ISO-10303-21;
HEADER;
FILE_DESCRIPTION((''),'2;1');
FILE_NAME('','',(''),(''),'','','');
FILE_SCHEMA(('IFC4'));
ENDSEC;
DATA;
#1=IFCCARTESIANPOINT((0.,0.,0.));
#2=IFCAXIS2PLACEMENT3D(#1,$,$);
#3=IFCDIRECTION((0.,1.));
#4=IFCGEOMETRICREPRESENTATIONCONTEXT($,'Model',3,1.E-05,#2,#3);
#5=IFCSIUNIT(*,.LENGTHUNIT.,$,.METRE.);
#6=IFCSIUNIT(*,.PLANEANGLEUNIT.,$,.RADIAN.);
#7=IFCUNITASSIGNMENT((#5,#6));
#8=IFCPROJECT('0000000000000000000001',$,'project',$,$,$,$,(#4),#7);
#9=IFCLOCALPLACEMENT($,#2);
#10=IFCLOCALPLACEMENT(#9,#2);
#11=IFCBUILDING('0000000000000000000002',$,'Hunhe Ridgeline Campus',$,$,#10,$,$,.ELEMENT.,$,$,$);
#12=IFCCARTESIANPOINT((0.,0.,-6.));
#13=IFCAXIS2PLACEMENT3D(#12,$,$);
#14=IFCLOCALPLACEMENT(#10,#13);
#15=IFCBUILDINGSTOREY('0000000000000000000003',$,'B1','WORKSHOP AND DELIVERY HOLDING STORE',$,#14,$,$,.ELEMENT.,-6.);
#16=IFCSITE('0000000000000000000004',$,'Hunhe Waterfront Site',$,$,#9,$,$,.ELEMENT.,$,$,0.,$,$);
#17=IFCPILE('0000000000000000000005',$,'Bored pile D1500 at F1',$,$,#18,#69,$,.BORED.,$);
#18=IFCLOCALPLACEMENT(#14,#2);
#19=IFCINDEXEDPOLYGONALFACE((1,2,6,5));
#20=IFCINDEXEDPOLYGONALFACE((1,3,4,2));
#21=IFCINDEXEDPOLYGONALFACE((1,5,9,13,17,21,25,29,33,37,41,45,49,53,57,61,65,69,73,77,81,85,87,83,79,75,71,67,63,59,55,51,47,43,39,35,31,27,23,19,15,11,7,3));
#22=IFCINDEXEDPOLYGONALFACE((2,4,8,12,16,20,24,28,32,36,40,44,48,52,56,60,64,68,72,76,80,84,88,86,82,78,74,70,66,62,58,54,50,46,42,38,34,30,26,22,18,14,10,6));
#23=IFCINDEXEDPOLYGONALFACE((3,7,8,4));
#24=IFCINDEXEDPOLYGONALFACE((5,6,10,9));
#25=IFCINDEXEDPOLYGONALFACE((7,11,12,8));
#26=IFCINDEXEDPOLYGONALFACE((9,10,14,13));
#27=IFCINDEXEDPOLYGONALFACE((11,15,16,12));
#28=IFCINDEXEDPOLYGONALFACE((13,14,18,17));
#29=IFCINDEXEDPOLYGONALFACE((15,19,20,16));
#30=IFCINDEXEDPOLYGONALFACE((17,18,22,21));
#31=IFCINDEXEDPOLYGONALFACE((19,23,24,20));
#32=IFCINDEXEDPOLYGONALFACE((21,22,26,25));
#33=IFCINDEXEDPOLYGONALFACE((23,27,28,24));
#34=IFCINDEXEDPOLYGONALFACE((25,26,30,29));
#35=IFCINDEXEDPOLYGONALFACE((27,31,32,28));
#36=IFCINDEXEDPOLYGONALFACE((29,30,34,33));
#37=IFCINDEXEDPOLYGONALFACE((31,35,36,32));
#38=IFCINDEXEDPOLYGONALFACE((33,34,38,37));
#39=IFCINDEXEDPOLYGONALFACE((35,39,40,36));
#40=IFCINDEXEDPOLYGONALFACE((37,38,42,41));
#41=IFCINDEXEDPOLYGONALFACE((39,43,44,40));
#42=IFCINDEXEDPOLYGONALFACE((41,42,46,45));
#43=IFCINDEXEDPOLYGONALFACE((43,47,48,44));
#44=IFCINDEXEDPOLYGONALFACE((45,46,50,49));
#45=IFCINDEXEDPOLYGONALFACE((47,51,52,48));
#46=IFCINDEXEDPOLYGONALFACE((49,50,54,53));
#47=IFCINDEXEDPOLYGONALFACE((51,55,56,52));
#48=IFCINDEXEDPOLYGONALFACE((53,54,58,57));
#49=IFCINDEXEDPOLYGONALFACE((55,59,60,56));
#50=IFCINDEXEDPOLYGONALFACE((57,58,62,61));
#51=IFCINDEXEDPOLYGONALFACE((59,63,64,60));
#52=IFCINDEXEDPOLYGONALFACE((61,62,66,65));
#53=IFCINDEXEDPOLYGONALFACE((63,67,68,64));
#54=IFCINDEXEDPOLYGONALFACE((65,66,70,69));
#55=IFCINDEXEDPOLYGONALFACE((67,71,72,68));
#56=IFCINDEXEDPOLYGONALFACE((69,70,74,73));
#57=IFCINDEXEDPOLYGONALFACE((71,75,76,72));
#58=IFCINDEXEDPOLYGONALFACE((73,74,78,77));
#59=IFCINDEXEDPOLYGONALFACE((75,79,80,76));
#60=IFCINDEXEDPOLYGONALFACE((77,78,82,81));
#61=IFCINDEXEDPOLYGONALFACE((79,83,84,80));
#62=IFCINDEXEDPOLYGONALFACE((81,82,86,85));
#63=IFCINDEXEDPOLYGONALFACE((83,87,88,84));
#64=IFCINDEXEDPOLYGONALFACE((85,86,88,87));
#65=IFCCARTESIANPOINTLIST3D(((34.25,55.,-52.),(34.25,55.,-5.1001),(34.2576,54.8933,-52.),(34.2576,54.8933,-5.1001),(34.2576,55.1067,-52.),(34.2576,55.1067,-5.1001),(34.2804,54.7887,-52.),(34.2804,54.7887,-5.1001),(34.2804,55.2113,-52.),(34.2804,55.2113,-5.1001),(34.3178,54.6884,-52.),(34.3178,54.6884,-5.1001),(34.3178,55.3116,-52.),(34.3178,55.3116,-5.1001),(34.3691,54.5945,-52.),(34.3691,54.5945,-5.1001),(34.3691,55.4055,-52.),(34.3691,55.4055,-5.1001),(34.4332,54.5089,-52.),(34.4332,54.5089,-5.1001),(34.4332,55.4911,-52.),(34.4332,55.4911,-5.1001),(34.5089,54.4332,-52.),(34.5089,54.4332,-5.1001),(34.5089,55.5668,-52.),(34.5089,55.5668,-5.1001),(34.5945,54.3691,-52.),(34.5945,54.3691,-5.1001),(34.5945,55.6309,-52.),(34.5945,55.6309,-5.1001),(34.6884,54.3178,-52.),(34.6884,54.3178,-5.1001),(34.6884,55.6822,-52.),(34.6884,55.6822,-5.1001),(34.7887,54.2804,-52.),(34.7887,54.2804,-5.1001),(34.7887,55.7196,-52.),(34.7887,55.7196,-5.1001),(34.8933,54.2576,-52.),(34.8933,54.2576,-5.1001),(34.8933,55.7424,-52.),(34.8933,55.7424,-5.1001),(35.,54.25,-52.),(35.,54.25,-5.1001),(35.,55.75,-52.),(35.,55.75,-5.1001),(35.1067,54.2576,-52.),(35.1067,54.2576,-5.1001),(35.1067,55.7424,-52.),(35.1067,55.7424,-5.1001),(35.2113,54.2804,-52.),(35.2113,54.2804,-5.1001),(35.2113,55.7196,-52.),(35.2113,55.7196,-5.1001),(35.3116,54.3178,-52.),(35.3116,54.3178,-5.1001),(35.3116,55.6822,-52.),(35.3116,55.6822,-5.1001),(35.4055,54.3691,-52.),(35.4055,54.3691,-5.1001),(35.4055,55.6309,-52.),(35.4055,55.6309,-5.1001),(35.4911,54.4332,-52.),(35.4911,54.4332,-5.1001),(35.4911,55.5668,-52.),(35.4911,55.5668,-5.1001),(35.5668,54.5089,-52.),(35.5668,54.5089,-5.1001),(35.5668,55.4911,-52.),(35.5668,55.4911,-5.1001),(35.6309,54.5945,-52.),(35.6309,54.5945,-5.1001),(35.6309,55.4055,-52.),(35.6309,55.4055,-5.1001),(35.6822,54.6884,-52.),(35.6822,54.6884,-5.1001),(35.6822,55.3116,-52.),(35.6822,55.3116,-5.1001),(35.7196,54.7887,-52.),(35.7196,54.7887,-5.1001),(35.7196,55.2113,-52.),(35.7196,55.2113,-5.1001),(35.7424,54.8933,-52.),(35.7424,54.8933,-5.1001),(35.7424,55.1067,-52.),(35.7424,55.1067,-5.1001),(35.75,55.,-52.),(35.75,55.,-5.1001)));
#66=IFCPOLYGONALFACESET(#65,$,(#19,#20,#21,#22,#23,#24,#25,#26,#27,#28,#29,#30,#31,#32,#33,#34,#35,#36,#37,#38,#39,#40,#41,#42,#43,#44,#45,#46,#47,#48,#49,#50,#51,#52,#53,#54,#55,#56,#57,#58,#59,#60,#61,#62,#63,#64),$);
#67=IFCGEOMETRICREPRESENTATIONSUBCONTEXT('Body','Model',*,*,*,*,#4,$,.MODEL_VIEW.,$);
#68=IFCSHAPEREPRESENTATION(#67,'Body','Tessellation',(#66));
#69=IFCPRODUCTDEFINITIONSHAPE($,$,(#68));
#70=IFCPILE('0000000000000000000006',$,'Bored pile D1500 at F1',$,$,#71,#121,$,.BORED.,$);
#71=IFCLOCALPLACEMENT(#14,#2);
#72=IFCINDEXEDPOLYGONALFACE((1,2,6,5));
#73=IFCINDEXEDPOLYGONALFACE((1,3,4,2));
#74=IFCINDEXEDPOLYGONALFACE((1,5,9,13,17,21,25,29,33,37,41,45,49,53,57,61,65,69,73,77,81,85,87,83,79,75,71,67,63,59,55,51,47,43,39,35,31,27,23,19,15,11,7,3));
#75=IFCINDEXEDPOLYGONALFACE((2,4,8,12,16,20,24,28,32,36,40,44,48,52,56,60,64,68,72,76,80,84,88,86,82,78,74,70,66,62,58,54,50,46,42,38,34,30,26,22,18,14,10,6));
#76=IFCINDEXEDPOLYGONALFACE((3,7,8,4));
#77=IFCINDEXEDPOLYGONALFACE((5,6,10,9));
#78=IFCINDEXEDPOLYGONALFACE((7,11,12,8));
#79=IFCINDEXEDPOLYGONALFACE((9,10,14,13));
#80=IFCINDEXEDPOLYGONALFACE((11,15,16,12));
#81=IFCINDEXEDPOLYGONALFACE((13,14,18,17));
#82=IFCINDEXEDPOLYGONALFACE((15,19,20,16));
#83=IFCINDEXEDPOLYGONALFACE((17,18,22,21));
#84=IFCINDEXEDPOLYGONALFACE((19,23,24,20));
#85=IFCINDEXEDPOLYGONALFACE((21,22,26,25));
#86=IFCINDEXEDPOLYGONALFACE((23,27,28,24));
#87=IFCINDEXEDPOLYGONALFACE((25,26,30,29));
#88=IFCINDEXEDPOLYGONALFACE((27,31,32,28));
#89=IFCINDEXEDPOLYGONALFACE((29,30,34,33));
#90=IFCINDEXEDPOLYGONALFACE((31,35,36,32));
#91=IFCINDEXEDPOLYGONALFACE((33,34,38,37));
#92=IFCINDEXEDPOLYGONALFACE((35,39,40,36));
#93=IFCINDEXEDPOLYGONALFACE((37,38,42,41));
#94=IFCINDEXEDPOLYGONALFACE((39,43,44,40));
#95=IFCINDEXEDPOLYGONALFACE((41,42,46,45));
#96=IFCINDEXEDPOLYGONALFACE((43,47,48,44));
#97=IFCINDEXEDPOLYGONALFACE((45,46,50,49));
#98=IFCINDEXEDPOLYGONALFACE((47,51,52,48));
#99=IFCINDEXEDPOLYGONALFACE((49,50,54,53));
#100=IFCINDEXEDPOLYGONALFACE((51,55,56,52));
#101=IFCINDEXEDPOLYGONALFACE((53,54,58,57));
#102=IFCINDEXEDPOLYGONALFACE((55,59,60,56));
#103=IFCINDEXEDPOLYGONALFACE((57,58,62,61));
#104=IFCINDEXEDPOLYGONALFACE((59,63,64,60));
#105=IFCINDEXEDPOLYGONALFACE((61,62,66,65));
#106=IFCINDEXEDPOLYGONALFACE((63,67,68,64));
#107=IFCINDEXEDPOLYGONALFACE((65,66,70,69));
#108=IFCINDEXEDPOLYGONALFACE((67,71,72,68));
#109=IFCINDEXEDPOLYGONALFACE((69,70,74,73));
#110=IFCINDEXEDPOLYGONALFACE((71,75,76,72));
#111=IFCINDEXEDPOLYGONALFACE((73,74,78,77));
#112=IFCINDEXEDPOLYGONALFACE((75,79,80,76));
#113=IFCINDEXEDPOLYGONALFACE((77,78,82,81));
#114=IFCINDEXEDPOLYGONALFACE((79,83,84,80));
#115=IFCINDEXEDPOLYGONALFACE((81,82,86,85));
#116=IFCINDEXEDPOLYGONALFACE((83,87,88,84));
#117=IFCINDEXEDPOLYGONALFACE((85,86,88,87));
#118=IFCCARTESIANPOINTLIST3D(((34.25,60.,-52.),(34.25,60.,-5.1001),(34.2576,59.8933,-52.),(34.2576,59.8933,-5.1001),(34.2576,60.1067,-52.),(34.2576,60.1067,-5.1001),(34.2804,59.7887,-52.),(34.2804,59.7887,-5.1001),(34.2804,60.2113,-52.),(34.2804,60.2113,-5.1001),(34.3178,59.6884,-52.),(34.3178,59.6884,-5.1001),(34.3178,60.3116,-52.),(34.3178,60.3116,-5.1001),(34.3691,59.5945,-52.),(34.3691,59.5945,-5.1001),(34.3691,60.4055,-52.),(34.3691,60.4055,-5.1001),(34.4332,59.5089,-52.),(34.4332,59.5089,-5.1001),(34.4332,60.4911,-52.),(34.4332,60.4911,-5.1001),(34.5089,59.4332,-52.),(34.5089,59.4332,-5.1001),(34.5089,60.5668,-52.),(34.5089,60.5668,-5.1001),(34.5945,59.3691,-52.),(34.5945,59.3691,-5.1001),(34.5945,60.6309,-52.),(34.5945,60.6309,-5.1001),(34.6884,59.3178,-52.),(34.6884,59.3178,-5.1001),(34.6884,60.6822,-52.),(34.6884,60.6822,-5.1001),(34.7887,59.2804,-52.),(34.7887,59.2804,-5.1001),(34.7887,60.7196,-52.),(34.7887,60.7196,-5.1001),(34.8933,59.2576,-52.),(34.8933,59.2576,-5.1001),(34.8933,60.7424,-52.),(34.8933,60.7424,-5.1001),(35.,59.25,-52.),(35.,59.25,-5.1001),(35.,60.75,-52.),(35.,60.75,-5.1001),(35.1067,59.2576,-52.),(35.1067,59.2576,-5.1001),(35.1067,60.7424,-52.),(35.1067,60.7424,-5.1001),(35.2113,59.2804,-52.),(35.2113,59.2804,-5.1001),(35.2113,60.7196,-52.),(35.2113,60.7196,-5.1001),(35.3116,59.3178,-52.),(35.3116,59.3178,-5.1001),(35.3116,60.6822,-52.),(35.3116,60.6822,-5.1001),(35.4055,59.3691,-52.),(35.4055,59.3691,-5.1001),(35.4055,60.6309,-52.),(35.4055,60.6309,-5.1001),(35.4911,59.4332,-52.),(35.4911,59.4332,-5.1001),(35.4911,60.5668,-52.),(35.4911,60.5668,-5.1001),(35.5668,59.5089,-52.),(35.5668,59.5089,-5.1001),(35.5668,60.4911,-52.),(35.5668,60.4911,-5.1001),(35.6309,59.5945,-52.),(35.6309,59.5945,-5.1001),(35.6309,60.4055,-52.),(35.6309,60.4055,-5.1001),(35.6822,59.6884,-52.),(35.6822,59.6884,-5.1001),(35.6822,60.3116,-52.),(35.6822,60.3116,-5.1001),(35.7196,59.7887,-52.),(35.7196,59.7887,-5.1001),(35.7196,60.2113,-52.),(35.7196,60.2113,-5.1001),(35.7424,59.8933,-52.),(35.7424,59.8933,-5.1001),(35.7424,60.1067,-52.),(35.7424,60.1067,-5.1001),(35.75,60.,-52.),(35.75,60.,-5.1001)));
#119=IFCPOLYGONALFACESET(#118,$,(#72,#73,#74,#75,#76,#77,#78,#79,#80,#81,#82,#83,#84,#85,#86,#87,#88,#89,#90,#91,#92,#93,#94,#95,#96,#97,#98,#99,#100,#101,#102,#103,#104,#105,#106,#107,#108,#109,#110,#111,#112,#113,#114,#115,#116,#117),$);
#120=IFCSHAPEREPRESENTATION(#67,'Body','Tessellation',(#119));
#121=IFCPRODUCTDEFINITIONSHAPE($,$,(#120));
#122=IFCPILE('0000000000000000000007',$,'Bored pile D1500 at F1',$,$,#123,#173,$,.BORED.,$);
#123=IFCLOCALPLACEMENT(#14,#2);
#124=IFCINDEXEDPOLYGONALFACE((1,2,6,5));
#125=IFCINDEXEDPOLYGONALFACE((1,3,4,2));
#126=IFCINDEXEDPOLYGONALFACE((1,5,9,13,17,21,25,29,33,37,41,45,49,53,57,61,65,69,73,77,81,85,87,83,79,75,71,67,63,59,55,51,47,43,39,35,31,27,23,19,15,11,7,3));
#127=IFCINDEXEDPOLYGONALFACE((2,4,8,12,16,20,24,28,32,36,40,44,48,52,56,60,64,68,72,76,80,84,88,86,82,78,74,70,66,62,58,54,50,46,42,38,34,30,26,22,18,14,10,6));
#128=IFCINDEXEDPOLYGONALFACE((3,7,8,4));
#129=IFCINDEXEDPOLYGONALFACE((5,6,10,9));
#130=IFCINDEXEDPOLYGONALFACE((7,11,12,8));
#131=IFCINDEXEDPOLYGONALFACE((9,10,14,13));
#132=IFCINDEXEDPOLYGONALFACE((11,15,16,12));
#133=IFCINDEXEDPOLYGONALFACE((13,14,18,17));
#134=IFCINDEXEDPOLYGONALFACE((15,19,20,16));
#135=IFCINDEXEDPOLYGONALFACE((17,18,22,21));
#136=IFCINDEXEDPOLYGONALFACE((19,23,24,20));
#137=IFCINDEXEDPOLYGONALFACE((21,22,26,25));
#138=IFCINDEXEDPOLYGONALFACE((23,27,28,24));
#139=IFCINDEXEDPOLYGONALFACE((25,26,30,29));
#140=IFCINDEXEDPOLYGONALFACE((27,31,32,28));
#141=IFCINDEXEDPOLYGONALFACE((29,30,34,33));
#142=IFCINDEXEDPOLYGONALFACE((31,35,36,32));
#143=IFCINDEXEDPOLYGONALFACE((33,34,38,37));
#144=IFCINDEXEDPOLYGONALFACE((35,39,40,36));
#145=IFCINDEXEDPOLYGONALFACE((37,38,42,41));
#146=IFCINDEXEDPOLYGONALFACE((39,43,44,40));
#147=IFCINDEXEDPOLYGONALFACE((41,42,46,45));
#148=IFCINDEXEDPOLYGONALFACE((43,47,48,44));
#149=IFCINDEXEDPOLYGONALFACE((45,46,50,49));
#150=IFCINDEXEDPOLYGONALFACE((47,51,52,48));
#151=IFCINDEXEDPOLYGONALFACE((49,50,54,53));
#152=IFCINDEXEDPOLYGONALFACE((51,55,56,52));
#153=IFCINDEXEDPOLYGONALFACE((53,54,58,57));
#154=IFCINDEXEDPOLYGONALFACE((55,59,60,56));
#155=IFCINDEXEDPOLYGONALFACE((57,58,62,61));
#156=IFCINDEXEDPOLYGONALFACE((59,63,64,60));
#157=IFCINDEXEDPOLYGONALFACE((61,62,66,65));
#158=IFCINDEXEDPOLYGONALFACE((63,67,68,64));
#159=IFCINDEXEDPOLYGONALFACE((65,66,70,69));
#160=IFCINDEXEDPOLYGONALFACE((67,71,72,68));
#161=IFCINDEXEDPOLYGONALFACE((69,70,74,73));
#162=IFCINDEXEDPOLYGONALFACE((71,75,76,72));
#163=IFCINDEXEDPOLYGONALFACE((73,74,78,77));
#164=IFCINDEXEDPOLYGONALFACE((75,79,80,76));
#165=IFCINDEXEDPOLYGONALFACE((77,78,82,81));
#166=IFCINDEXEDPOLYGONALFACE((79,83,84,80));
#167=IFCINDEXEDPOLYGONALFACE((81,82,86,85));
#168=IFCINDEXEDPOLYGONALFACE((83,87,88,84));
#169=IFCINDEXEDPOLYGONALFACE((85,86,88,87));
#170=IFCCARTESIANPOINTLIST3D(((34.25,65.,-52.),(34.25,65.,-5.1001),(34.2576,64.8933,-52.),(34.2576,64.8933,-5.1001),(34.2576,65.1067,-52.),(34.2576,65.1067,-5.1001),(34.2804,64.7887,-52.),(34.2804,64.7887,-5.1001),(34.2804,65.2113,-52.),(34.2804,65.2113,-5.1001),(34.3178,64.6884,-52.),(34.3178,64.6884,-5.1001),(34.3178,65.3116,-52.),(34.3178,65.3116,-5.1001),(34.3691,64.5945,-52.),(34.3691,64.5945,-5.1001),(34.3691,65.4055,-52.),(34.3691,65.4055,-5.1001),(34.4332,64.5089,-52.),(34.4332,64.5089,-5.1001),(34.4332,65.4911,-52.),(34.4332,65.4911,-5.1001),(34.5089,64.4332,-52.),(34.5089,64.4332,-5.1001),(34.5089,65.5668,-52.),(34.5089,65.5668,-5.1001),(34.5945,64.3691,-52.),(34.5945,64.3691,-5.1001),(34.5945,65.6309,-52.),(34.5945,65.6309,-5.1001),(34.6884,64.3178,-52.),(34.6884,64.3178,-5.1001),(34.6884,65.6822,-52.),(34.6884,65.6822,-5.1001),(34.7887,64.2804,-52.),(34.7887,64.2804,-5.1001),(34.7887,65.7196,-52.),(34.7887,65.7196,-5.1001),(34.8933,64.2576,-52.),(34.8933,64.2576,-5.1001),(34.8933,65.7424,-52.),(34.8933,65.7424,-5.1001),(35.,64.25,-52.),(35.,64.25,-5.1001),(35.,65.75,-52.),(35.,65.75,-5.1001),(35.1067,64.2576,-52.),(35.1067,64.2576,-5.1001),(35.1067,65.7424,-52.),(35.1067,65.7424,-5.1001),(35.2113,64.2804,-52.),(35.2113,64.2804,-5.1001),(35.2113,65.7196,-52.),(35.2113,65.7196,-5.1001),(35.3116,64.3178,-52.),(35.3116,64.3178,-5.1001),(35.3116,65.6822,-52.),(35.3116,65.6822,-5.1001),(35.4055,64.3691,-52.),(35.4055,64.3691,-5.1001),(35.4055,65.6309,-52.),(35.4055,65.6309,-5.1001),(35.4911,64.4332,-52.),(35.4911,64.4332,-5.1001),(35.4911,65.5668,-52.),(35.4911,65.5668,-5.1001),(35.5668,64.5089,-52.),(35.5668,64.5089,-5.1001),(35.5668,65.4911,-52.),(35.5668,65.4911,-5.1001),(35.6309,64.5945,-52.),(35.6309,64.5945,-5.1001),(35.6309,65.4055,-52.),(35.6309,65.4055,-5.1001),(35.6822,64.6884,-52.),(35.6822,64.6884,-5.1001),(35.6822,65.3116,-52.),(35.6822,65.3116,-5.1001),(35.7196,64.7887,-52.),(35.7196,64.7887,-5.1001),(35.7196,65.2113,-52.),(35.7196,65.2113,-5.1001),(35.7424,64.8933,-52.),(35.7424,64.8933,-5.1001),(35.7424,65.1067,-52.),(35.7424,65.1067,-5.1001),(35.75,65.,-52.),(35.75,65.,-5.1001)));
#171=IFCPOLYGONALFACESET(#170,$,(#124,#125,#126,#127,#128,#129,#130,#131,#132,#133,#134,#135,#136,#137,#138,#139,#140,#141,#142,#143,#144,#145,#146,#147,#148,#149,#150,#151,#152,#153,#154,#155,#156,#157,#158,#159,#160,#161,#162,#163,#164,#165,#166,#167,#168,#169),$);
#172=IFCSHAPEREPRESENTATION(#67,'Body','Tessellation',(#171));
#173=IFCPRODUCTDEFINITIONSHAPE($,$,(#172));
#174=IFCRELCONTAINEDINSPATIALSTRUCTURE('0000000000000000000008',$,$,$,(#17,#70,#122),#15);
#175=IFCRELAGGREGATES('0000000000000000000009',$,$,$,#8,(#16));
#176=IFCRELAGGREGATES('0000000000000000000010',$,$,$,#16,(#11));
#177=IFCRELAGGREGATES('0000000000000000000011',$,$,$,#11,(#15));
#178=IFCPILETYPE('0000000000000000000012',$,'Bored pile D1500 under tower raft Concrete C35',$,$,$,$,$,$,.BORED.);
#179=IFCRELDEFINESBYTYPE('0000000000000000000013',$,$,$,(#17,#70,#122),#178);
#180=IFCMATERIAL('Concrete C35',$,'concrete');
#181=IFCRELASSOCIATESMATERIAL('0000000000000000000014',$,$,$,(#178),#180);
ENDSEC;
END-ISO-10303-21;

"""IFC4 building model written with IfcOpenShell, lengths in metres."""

from ifc_helpers import new_model, si_unit, direction, frame, origin, origin_2d, place, context, subcontext, project, spatial, circle, extrude, material, material_profile, profile_set, type_object, element, save


model = new_model("IFC4")

# Units and contexts
model_context = context("Model", 3, precision=1e-05, world=origin(), true_north=direction((0.0, 1.0)))
body_context = subcontext(model_context, "Body", "Model", "MODEL_VIEW")
ifc_project = project(units=[si_unit("LENGTHUNIT", "METRE"), si_unit("PLANEANGLEUNIT", "RADIAN")], contexts=[model_context])

# Site, building, storey
site_placement = place(None, origin())
site = spatial("IfcSite", under=ifc_project, at=site_placement, Name="Hunhe Waterfront Site", CompositionType="ELEMENT", RefElevation=0.0)
building_placement = place(site_placement, origin())
building = spatial("IfcBuilding", under=site, at=building_placement, Name="Hunhe Ridgeline Campus", CompositionType="ELEMENT")
storey_placement = place(building_placement, frame((0.0, 0.0, -6.0)))
storey = spatial("IfcBuildingStorey", under=building, at=storey_placement, Name="B1", Description="WORKSHOP AND DELIVERY HOLDING STORE", CompositionType="ELEMENT", Elevation=-6.0)

# Piles
ifc_material_1 = material(Name="Concrete C35", Category="concrete")
ifc_material_profile_1 = material_profile(ifc_material_1, circle(Radius=0.75, at=origin_2d()))
ifc_profile_set_1 = profile_set([ifc_material_profile_1], Name="Concrete C35")
pile_type = type_object("IfcPileType", Name="Bored pile D1500 under tower raft Concrete C35", PredefinedType="BORED", material=ifc_profile_set_1)
for number, where, z_axis, x_axis, name in (
    (1, (35.0, 55.0, -5.1001), (0.0, 0.0, -1.0), (1.0, 0.0, 0.0), "Bored pile D1500 at F1"),
    (2, (35.0, 60.0, -5.1001), (0.0, 0.0, -1.0), (1.0, 0.0, 0.0), "Bored pile D1500 at F1"),
    (3, (35.0, 65.0, -5.1001), (0.0, 0.0, -1.0), (1.0, 0.0, 0.0), "Bored pile D1500 at F1"),
):
    element("IfcPile", number, at=place(storey_placement, frame(where, z_axis=z_axis, x_axis=x_axis)), inside=storey, type_object=pile_type, Name=name, PredefinedType="BORED", context=body_context, shape_type="SweptSolid", body=[
        extrude(circle(Radius=0.75, at=origin_2d()), origin(), (0.0, 0.0, 1.0), 46.8999),
    ])

save(model, "model.ifc")
